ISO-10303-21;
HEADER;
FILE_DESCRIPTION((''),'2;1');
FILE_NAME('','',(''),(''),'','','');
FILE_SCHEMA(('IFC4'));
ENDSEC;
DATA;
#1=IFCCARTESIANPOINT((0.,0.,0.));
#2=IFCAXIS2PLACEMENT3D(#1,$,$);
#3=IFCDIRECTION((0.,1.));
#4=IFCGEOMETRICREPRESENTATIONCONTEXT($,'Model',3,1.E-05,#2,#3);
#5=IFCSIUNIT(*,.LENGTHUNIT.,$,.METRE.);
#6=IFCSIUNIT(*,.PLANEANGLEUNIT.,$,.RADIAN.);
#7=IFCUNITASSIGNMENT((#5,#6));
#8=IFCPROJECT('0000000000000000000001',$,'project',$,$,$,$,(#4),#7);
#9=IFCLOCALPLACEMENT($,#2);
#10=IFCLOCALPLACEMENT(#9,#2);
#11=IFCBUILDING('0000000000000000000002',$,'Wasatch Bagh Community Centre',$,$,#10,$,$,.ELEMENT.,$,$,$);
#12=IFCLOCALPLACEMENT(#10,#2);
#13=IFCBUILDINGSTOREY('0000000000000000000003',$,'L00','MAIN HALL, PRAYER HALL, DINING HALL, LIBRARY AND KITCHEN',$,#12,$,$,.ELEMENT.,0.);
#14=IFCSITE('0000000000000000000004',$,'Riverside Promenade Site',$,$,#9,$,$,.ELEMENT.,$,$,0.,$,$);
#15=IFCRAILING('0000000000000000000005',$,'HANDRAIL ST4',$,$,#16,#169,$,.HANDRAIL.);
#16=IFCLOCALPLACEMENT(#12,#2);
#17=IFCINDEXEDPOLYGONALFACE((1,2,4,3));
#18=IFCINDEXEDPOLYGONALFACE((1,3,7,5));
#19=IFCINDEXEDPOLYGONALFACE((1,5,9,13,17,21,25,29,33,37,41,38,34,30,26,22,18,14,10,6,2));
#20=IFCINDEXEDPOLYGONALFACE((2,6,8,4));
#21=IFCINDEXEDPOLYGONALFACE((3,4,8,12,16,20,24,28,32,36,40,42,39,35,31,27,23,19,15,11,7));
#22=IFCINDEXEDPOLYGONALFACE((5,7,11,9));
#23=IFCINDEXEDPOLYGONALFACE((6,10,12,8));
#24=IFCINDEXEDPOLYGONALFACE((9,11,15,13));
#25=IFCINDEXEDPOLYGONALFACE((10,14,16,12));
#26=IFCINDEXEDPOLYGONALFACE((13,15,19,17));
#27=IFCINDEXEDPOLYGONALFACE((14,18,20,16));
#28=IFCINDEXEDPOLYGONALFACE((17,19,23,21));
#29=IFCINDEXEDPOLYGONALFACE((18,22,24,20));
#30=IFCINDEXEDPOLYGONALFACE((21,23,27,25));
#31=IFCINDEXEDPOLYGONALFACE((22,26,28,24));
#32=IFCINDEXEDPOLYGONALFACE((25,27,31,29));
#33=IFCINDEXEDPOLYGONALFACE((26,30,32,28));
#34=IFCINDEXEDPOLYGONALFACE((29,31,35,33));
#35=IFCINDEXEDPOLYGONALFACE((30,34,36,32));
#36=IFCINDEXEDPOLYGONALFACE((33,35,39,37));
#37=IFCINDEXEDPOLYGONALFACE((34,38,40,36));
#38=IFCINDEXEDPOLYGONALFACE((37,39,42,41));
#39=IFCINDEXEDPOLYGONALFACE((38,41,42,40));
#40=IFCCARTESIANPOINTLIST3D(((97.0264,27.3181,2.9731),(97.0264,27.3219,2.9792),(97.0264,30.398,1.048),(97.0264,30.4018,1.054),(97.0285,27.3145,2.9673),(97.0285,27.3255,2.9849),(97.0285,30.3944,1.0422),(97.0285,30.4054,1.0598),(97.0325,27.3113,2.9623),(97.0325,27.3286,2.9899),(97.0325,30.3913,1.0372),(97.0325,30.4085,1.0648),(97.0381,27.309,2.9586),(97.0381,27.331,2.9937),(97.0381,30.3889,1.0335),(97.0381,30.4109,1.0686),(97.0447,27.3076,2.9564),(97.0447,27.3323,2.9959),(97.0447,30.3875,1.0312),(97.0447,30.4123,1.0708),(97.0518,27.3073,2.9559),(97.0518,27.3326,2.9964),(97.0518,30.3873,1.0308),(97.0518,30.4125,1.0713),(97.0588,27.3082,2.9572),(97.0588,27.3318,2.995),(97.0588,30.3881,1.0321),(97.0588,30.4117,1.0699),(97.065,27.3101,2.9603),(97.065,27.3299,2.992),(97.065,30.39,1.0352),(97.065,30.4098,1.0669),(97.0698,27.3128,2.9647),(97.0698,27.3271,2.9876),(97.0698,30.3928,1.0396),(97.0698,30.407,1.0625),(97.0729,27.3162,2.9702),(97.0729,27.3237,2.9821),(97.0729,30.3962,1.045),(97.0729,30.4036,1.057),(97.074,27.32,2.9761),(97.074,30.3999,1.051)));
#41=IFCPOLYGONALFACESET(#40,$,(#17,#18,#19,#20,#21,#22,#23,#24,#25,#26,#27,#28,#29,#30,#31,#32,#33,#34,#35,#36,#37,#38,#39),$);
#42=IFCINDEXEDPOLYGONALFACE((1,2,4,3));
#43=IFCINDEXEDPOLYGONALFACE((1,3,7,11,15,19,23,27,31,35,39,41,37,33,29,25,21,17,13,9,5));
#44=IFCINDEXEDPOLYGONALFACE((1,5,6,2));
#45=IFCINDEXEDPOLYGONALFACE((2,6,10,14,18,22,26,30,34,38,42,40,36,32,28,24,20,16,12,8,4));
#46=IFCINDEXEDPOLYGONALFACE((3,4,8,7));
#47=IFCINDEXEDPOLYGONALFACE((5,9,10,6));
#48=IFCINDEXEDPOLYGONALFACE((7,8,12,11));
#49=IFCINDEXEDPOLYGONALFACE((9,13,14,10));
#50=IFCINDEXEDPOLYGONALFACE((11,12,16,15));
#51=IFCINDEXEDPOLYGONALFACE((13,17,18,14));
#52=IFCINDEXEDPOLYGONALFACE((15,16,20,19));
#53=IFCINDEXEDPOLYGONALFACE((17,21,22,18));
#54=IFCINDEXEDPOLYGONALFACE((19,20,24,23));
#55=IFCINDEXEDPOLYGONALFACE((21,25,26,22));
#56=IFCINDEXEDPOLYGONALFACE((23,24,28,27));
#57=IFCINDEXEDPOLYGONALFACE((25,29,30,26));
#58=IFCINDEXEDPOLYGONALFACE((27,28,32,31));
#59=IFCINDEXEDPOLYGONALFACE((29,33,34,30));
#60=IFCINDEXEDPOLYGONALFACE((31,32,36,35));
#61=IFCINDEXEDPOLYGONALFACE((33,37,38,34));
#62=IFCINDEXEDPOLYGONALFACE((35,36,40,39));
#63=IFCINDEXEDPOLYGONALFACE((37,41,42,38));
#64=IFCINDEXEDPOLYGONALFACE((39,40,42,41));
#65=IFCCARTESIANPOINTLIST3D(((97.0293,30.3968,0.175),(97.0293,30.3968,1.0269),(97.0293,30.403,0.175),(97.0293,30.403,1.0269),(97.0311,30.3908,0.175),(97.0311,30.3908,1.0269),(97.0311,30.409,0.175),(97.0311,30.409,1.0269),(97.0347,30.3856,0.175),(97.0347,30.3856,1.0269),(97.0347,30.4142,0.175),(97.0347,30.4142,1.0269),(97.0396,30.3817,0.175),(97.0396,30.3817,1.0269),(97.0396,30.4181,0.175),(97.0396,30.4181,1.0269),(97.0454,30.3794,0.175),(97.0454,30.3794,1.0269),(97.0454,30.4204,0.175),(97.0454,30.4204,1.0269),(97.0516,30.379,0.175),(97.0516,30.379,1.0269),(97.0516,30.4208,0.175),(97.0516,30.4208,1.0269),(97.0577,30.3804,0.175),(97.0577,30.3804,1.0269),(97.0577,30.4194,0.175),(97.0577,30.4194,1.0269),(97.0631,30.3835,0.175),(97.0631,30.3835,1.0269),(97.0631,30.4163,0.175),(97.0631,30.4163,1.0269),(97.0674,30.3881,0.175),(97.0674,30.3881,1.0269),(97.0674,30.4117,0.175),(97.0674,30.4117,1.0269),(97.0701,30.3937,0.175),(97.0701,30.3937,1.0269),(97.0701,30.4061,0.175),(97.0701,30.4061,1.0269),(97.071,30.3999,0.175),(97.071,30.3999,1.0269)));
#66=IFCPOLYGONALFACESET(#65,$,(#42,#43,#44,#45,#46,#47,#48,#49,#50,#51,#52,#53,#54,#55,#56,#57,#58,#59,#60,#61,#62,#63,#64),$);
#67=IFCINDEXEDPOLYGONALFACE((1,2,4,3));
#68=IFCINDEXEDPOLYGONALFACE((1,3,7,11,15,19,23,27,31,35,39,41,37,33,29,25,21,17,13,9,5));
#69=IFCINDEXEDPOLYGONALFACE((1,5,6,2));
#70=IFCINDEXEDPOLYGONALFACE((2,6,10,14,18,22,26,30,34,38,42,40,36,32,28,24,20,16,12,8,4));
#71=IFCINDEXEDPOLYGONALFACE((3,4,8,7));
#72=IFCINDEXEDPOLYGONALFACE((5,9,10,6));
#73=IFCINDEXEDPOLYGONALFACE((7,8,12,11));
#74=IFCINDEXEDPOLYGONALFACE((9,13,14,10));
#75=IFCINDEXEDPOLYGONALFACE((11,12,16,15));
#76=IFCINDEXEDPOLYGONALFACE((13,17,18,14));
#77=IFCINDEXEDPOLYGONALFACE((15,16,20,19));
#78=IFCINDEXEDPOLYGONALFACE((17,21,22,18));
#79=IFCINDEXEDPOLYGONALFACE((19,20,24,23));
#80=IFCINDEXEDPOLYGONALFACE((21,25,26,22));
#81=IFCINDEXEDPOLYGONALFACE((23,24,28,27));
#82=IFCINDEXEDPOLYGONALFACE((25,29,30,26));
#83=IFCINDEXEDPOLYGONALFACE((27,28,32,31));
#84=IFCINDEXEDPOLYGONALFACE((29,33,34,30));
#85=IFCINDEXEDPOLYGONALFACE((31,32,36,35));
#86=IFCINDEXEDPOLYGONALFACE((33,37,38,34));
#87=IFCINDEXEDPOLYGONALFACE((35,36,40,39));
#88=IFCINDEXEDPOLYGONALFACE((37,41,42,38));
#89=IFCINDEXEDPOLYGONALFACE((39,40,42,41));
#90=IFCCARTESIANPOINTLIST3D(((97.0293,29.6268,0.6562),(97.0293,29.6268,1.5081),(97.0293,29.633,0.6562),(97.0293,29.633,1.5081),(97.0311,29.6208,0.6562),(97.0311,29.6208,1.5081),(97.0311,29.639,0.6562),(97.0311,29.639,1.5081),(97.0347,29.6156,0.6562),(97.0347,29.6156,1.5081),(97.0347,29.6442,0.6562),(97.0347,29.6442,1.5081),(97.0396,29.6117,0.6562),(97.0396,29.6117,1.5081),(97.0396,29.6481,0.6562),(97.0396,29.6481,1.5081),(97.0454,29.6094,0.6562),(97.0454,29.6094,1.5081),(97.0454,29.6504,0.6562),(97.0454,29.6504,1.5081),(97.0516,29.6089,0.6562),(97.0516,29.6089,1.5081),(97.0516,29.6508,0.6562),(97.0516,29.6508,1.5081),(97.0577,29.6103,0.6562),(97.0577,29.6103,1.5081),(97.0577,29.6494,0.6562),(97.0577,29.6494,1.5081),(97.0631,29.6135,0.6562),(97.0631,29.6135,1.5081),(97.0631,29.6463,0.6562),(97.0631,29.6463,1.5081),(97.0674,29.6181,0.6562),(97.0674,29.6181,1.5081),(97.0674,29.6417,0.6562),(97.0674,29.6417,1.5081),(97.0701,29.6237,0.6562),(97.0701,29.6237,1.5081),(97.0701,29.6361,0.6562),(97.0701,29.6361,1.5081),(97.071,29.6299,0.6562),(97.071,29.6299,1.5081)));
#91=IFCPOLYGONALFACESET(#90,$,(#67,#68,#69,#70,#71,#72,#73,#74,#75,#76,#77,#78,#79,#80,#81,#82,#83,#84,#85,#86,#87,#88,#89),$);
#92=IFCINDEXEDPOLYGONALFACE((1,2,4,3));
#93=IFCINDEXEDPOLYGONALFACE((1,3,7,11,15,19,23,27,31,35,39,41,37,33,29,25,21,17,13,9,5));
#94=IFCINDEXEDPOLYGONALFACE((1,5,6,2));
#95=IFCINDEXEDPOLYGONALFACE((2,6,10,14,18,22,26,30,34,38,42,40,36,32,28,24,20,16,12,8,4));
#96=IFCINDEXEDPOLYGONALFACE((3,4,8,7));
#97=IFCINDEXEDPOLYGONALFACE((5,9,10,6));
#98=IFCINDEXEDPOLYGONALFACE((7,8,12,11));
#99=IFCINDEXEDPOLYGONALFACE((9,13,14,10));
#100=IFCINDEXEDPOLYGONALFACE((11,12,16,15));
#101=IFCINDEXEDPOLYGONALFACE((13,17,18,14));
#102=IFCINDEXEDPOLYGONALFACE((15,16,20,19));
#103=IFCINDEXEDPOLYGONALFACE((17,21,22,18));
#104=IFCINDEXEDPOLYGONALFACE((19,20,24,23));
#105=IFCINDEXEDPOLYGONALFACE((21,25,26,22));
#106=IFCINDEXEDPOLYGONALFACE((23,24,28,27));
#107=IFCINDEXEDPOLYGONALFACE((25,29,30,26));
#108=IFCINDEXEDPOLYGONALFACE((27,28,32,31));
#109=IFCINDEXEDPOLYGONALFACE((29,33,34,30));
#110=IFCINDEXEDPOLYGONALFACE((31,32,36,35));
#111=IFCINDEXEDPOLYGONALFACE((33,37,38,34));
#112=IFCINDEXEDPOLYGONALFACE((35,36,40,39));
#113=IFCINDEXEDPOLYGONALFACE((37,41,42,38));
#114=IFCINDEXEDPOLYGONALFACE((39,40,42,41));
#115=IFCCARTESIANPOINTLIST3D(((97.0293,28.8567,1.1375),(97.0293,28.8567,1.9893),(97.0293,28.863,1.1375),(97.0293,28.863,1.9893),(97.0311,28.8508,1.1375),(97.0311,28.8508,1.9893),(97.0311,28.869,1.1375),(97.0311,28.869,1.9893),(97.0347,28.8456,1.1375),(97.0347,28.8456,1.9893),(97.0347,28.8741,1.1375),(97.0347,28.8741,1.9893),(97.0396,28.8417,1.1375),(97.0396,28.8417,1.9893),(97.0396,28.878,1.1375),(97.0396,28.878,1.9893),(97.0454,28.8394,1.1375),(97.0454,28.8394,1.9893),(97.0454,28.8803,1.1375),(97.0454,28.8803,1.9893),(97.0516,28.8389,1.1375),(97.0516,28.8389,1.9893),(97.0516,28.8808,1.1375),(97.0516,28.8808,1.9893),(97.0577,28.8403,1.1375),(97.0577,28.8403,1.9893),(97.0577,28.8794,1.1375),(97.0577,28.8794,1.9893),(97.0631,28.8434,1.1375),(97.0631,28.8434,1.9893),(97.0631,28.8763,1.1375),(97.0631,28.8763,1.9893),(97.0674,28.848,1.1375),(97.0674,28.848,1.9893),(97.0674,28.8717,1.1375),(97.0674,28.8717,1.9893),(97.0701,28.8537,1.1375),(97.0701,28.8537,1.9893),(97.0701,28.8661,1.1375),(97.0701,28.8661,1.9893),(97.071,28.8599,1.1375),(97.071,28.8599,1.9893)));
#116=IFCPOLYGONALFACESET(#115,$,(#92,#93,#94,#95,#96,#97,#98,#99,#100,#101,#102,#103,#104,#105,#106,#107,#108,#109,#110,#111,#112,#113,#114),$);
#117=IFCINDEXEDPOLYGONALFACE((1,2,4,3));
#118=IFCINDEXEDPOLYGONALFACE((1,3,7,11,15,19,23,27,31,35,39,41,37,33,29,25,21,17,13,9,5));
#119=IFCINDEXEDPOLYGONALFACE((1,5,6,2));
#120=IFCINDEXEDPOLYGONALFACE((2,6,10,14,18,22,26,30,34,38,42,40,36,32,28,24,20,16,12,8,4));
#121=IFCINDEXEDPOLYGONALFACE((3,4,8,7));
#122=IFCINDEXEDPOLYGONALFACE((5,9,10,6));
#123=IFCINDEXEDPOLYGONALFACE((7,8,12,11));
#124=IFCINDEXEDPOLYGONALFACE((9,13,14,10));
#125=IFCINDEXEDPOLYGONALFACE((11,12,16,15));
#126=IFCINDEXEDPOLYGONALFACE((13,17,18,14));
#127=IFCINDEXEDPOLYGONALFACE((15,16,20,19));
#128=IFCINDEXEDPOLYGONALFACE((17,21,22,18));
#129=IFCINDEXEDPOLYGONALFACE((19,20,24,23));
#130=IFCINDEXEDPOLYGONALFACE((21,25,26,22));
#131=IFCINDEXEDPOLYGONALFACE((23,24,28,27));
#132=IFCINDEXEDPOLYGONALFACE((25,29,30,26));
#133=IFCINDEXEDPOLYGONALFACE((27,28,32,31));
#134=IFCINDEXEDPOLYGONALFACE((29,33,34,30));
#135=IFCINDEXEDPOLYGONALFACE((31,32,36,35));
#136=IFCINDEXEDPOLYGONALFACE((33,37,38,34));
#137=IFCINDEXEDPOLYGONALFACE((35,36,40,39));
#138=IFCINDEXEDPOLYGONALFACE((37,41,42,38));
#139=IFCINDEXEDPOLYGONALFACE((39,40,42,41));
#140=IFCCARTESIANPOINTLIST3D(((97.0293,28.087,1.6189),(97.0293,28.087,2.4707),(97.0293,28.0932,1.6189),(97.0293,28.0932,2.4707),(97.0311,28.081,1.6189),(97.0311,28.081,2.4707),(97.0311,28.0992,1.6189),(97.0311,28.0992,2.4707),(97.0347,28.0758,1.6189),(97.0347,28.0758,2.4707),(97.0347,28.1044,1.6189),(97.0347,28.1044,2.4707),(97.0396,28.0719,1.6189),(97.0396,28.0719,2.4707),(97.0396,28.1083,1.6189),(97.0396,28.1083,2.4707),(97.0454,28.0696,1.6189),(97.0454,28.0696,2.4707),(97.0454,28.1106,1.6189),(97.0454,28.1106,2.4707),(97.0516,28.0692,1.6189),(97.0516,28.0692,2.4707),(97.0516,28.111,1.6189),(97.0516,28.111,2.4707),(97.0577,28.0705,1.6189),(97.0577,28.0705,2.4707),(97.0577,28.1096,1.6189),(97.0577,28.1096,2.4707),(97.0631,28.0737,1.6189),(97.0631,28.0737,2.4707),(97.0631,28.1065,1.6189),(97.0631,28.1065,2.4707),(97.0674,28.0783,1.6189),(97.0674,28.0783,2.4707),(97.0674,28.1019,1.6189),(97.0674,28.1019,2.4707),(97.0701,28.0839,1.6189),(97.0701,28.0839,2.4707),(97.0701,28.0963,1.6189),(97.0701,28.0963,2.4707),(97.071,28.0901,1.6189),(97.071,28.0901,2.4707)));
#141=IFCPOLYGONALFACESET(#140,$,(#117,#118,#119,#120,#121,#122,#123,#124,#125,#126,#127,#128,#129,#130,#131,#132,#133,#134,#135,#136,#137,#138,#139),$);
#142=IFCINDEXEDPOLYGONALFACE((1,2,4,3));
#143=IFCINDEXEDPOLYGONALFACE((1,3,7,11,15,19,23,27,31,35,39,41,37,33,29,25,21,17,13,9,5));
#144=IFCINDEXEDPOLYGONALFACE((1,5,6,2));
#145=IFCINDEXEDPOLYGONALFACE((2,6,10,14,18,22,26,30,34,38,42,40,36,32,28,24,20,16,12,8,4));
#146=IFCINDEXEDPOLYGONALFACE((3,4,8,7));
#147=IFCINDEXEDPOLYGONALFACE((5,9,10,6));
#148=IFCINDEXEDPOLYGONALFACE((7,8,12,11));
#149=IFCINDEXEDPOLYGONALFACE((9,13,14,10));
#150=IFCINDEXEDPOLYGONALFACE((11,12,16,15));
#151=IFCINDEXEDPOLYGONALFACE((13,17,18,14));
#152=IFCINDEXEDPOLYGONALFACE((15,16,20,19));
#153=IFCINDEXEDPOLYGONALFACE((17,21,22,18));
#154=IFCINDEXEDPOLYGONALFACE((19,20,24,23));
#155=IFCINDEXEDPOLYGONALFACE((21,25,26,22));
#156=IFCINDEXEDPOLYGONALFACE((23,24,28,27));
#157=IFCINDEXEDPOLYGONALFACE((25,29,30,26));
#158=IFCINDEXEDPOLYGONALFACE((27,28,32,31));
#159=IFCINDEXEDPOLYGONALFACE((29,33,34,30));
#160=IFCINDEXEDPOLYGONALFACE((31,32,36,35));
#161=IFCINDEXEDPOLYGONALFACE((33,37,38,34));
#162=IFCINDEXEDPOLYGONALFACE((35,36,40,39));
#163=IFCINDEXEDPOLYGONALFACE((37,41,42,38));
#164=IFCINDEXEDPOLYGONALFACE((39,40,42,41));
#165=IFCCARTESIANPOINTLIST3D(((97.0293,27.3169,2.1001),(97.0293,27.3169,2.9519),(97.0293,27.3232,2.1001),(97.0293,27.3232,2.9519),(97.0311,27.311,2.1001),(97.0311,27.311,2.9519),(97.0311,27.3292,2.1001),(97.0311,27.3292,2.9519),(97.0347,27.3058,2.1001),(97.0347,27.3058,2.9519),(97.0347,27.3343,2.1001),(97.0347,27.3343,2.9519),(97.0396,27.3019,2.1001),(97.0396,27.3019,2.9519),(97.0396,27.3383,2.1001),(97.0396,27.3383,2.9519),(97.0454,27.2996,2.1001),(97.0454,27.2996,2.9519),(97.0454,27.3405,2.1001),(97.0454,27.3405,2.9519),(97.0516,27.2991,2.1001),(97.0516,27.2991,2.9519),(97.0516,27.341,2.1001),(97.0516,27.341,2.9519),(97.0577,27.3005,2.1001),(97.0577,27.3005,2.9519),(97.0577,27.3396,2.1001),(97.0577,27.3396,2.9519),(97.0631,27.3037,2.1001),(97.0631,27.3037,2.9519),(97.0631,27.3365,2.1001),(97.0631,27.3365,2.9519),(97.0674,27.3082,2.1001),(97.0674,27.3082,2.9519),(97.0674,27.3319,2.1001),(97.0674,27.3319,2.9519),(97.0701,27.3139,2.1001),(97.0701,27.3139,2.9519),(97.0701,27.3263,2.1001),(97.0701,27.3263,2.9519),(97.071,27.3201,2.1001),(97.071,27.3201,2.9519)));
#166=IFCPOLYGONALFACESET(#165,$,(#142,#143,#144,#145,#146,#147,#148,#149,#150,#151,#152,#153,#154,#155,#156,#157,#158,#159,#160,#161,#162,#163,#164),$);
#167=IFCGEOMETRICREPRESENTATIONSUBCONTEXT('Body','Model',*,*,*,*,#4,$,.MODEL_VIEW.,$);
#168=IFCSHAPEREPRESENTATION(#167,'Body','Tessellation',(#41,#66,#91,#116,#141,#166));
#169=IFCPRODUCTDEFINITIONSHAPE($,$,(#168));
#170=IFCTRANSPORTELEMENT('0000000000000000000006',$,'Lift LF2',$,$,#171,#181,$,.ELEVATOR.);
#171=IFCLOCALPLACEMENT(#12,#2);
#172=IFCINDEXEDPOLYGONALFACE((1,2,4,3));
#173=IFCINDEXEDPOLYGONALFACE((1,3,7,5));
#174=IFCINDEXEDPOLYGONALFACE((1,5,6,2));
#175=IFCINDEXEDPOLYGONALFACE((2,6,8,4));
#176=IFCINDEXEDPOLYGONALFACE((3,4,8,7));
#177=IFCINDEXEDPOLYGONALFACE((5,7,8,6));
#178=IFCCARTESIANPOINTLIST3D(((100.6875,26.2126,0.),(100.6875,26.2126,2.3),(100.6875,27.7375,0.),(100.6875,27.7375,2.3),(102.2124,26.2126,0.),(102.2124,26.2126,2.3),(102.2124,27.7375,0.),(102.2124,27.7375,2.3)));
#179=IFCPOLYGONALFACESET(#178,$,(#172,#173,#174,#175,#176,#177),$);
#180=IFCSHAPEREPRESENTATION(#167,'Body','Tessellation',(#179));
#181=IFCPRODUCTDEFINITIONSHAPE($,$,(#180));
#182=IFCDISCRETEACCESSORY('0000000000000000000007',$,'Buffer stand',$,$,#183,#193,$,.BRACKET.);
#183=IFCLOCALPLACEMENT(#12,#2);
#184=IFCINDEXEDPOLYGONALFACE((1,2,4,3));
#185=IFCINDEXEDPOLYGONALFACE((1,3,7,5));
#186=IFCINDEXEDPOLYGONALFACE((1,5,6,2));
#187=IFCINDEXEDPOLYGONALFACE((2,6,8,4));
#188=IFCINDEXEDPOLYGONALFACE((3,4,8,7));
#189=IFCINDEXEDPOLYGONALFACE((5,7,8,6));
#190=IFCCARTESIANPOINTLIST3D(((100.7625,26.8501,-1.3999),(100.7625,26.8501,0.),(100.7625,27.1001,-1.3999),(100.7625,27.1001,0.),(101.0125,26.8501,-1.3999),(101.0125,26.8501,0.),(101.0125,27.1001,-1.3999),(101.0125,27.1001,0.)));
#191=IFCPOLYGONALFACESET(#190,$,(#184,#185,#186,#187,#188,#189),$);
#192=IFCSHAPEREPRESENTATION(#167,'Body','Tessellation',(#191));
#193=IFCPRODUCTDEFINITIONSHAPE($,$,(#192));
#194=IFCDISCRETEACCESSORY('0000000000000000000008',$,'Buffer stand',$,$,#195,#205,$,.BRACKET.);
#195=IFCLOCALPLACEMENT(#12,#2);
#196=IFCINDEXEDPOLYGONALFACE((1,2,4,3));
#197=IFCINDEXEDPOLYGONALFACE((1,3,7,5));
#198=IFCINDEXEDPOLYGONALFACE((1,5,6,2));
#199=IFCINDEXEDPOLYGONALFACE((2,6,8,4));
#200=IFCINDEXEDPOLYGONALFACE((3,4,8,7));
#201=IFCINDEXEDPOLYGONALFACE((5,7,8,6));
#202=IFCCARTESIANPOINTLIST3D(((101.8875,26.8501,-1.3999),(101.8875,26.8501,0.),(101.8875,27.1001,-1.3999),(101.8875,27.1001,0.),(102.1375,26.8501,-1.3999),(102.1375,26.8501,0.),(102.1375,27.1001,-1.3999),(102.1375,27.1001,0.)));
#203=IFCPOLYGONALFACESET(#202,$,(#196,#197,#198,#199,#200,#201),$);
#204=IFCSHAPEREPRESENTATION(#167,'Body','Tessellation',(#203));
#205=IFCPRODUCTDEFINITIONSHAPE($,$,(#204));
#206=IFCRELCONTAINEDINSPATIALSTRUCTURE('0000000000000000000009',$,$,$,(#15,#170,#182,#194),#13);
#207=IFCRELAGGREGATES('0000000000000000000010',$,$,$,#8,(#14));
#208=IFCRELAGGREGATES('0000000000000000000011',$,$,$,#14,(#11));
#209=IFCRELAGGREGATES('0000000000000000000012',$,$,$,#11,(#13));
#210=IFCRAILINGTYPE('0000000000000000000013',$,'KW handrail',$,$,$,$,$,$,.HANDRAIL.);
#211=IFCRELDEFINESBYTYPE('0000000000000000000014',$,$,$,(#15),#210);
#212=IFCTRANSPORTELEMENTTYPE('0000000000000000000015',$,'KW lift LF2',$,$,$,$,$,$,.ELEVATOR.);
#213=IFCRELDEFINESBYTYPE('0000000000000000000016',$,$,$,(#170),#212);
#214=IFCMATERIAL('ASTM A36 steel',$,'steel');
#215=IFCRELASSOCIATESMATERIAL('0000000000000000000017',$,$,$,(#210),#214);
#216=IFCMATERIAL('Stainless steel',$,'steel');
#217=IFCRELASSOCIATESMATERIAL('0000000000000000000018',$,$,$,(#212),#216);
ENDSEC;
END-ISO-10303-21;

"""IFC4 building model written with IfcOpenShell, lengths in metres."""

from ifc_helpers import new_model, si_unit, direction, frame, origin, origin_2d, place, context, subcontext, project, spatial, rectangle, circle, extrude, material, type_object, element, save


model = new_model("IFC4")

# Units and contexts
model_context = context("Model", 3, precision=1e-05, world=origin(), true_north=direction((0.0, 1.0)))
body_context = subcontext(model_context, "Body", "Model", "MODEL_VIEW")
ifc_project = project(units=[si_unit("LENGTHUNIT", "METRE"), si_unit("PLANEANGLEUNIT", "RADIAN")], contexts=[model_context])

# Site, building, storey
site_placement = place(None, origin())
site = spatial("IfcSite", under=ifc_project, at=site_placement, Name="Riverside Promenade Site", CompositionType="ELEMENT", RefElevation=0.0)
building_placement = place(site_placement, origin())
building = spatial("IfcBuilding", under=site, at=building_placement, Name="Wasatch Bagh Community Centre", CompositionType="ELEMENT")
storey_placement = place(building_placement, origin())
storey = spatial("IfcBuildingStorey", under=building, at=storey_placement, Name="L00", Description="MAIN HALL, PRAYER HALL, DINING HALL, LIBRARY AND KITCHEN", CompositionType="ELEMENT", Elevation=0.0)

# Shared definitions
ifc_material_1 = material(Name="Stainless steel", Category="steel")

# Railing
ifc_material_2 = material(Name="ASTM A36 steel", Category="steel")
railing_type_1 = type_object("IfcRailingType", Name="KW handrail", PredefinedType="HANDRAIL", material=ifc_material_2)
for number, where, name in (
    (1, (97.05, 30.3999, 0.175), "HANDRAIL ST4"),
):
    element("IfcRailing", number, at=place(storey_placement, frame(where)), inside=storey, type_object=railing_type_1, Name=name, PredefinedType="HANDRAIL", context=body_context, shape_type="SweptSolid", body=[
        extrude(circle(Radius=0.0239, at=origin_2d()), frame((0.0, 0.0, 0.876), z_axis=(0.0, -0.847979, 0.530029), x_axis=(1.0, 0.0, 0.0)), (0.0, 0.0, 1.0), 3.6321),
        extrude(circle(Radius=0.021, at=origin_2d()), origin(), (0.0, 0.0, 1.0), 0.8518),
        extrude(circle(Radius=0.021, at=origin_2d()), frame((0.0, -0.77, 0.4812)), (0.0, 0.0, 1.0), 0.8518),
        extrude(circle(Radius=0.021, at=origin_2d()), frame((0.0, -1.54, 0.9624)), (0.0, 0.0, 1.0), 0.8518),
        extrude(circle(Radius=0.021, at=origin_2d()), frame((0.0, -2.3098, 1.4438)), (0.0, 0.0, 1.0), 0.8518),
        extrude(circle(Radius=0.021, at=origin_2d()), frame((0.0, -3.0798, 1.925)), (0.0, 0.0, 1.0), 0.8518),
    ])

# Transport element
transport_element_type = type_object("IfcTransportElementType", Name="KW lift LF2", PredefinedType="ELEVATOR", material=ifc_material_1)
transport_element_placement = place(storey_placement, frame((101.45, 26.9751, 0.0), z_axis=(0.0, 0.0, 1.0), x_axis=(1.0, 0.0, 0.0)))
element("IfcTransportElement", 2, at=transport_element_placement, inside=storey, type_object=transport_element_type, Name="Lift LF2", PredefinedType="ELEVATOR", context=body_context, shape_type="SweptSolid", body=[
    extrude(rectangle(XDim=1.5249, YDim=1.5249, at=origin_2d()), origin(), (0.0, 0.0, 1.0), 2.3),
])

# Discrete accessories
for number, where, z_axis, x_axis, name in (
    (3, (100.8875, 26.9751, -1.3999), (0.0, 0.0, 1.0), (1.0, 0.0, 0.0), "Buffer stand"),
    (4, (102.0125, 26.9751, -1.3999), (0.0, 0.0, 1.0), (1.0, 0.0, 0.0), "Buffer stand"),
):
    element("IfcDiscreteAccessory", number, at=place(storey_placement, frame(where, z_axis=z_axis, x_axis=x_axis)), inside=storey, Name=name, PredefinedType="BRACKET", context=body_context, shape_type="SweptSolid", body=[
        extrude(rectangle(XDim=0.25, YDim=0.25, at=origin_2d()), origin(), (0.0, 0.0, 1.0), 1.3999),
    ])

save(model, "model.ifc")
